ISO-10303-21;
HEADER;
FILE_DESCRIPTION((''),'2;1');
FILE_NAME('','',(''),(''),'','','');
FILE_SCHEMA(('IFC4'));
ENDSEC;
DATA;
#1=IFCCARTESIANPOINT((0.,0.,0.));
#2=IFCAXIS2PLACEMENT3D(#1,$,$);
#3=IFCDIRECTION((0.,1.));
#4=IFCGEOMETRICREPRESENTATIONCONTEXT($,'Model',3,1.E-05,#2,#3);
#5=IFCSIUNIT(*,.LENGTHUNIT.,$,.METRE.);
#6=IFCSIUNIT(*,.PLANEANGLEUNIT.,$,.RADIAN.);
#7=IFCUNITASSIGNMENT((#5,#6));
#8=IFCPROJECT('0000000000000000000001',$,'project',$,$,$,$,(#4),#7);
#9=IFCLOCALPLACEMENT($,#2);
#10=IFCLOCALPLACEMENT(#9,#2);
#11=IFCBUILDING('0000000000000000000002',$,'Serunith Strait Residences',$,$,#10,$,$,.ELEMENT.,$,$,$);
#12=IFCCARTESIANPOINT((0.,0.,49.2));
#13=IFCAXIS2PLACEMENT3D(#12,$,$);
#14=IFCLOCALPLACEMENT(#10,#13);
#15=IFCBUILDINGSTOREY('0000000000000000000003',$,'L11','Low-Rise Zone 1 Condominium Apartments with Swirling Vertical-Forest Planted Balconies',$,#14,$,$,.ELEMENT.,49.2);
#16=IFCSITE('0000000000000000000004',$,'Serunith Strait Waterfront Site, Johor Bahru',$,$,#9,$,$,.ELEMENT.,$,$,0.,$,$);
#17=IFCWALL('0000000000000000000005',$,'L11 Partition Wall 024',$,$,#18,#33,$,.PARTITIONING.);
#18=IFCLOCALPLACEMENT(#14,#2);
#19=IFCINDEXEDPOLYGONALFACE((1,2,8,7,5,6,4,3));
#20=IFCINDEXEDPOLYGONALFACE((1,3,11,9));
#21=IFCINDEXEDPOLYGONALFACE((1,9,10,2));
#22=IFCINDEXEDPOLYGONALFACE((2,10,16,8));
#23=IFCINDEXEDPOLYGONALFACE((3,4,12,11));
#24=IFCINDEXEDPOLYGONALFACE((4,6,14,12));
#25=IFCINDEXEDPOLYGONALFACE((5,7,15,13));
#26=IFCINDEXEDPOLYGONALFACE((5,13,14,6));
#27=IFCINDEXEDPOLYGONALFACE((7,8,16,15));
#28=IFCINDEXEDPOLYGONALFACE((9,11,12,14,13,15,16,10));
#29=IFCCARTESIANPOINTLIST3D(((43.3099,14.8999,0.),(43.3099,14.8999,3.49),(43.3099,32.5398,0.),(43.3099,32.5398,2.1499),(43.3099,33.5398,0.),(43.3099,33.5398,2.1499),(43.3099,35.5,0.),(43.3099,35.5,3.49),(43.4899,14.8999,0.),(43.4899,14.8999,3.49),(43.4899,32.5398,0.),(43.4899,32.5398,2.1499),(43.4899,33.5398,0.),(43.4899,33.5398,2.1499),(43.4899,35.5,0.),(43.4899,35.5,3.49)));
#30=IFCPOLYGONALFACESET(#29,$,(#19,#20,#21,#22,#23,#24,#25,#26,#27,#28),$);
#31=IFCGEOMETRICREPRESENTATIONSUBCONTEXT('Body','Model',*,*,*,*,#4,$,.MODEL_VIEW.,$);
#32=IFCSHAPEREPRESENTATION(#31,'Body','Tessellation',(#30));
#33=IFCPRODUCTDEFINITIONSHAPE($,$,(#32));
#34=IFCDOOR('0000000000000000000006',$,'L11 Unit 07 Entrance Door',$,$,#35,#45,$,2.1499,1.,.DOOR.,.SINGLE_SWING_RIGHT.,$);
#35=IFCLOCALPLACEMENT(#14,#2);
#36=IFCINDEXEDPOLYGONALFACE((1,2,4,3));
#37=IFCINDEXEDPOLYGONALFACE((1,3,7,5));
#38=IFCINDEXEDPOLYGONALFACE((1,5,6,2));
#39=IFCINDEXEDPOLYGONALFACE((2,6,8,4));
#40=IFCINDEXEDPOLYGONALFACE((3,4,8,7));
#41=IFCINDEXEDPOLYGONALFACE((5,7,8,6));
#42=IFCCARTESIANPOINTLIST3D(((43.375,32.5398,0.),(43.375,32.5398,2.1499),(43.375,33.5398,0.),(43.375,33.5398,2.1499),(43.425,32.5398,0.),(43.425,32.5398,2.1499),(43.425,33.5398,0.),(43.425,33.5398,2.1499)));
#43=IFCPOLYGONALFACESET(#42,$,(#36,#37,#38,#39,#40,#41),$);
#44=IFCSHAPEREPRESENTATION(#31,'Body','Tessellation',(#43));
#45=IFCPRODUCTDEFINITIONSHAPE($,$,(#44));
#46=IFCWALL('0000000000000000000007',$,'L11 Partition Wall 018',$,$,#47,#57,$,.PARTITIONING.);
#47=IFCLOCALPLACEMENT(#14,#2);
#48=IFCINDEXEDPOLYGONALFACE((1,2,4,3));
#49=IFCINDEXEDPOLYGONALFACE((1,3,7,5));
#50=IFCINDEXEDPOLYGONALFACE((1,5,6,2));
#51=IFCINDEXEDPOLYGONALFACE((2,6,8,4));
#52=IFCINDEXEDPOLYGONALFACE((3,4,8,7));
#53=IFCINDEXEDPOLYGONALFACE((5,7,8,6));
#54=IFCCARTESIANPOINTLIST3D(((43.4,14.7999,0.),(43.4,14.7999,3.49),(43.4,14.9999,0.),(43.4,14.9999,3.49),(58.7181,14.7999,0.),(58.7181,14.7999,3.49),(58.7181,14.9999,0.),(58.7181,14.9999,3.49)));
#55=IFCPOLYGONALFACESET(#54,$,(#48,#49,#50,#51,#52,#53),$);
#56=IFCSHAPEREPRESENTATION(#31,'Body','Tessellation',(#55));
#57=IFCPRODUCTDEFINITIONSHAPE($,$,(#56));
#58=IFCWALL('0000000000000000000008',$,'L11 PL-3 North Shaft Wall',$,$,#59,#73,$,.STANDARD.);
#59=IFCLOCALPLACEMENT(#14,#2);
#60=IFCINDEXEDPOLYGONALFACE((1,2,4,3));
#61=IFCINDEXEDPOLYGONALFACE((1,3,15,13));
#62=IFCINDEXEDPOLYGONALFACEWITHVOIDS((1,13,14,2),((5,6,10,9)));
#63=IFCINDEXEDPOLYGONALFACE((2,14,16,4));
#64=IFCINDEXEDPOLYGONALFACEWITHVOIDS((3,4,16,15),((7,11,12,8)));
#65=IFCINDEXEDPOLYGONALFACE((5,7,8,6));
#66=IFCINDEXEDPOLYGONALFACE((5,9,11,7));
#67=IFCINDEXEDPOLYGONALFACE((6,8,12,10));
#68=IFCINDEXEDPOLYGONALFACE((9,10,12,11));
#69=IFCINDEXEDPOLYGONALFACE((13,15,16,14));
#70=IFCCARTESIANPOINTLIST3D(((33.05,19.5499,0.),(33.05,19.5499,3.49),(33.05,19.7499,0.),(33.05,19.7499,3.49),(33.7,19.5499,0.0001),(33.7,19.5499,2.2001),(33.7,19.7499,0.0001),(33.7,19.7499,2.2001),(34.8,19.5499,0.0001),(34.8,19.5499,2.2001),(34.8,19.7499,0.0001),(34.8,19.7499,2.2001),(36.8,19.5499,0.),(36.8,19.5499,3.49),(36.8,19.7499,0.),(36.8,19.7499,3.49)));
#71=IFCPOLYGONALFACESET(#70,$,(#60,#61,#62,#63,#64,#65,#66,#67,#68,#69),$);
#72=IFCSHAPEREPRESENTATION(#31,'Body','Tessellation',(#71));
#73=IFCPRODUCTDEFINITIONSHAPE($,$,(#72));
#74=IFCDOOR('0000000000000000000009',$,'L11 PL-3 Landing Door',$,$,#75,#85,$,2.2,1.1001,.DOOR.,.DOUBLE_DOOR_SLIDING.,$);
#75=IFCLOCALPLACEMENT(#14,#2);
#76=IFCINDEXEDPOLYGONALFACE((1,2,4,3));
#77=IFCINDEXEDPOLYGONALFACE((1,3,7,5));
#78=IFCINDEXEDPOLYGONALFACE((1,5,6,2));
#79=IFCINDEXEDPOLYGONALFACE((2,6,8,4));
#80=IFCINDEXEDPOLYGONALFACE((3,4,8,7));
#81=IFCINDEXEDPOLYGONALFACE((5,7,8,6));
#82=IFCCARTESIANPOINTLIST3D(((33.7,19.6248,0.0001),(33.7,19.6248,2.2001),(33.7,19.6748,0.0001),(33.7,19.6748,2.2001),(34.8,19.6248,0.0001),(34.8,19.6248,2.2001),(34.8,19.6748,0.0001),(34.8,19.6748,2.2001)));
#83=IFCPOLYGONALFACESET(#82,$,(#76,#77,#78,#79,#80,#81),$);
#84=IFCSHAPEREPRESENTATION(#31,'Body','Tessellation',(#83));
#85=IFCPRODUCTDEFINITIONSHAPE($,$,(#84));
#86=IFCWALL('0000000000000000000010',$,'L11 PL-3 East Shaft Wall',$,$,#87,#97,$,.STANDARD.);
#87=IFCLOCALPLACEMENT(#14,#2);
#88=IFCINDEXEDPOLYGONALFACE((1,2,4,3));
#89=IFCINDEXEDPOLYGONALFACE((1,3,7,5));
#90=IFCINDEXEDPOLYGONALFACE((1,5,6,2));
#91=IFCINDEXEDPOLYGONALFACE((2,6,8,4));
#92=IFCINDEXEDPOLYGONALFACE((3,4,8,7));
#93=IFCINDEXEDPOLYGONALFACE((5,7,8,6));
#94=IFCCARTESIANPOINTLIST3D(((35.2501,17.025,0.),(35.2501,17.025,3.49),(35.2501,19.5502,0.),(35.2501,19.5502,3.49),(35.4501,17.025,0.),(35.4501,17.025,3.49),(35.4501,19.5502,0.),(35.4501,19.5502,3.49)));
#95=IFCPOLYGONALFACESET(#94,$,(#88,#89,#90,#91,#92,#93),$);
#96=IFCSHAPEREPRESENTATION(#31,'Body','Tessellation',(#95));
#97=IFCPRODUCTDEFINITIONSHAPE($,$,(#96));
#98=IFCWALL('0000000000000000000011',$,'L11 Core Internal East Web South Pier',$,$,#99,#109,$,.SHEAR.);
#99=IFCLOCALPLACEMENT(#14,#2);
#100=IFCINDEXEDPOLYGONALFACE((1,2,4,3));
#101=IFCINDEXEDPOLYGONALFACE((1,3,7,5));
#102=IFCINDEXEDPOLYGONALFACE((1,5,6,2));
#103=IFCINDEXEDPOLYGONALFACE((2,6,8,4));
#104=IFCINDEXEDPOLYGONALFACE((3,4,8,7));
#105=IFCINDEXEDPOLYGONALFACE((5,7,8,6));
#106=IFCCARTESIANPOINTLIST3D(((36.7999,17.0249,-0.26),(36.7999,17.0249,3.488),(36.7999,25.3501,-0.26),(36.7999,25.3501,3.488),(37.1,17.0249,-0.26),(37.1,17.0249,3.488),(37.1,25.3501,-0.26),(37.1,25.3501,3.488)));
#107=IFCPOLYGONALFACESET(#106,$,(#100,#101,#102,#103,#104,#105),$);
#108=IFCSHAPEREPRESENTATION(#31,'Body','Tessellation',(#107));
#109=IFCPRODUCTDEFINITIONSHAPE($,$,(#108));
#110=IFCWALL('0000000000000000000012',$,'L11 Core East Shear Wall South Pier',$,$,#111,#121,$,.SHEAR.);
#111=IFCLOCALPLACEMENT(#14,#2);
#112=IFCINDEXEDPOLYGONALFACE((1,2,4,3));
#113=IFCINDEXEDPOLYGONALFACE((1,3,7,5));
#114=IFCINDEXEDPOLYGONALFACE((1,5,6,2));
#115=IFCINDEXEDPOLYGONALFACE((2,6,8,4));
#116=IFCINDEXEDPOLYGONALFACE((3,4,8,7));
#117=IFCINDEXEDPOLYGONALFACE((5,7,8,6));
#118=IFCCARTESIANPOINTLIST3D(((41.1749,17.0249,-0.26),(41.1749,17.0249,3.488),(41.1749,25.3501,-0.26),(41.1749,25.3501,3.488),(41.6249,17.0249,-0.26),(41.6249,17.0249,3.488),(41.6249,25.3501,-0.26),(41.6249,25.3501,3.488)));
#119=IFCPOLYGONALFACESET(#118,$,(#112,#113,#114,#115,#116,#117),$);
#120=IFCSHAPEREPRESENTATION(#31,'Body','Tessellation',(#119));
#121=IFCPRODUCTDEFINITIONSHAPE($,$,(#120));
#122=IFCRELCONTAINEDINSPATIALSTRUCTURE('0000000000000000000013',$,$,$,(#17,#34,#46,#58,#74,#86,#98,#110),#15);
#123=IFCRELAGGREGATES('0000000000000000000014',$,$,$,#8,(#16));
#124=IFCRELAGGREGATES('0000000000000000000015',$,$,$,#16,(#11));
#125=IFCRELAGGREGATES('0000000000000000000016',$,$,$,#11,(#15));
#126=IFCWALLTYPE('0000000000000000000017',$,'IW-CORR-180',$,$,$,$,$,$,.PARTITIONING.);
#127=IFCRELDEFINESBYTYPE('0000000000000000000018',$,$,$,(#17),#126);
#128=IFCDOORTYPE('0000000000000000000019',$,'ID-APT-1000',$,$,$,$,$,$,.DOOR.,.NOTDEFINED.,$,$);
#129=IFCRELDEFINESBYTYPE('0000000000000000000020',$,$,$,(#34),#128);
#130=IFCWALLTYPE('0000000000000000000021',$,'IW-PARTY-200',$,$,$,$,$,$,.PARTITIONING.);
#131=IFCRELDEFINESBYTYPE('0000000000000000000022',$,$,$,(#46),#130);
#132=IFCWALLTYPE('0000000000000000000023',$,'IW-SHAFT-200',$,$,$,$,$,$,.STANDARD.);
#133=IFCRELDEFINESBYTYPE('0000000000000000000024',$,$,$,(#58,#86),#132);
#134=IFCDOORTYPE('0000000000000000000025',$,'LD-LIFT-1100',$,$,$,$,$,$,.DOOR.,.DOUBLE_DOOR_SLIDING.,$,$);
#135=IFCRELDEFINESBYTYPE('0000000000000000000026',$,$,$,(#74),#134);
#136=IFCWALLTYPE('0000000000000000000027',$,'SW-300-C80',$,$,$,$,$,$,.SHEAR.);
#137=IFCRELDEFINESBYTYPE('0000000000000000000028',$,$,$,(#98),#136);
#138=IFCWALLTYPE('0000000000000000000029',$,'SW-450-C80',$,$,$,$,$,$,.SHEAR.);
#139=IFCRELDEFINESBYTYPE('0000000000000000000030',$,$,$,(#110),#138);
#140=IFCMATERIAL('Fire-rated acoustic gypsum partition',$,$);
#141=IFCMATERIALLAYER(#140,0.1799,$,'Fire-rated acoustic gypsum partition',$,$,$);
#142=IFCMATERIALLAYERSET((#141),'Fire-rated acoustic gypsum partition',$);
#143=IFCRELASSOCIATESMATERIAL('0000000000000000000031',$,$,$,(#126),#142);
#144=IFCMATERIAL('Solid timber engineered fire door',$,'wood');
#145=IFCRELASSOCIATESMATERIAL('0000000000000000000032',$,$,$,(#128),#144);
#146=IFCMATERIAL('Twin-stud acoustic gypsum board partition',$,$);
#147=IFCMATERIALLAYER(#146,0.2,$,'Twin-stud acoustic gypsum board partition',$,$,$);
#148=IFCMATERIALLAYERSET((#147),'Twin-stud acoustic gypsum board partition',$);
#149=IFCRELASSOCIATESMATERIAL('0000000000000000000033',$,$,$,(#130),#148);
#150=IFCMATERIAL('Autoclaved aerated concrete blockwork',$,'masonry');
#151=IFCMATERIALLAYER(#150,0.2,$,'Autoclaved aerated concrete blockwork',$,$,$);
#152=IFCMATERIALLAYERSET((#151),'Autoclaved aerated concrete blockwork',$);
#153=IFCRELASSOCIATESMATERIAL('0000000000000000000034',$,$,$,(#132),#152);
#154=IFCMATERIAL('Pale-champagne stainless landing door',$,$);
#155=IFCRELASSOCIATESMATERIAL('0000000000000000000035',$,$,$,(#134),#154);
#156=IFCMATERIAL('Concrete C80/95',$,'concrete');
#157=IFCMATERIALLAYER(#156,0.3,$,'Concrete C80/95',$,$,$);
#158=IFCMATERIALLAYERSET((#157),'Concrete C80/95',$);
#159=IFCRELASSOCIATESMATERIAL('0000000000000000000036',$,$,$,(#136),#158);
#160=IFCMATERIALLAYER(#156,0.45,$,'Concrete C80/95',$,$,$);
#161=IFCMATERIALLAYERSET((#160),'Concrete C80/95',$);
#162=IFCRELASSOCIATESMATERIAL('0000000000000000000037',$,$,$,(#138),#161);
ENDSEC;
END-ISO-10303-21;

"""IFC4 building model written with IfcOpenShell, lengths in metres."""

from ifc_helpers import new_model, si_unit, direction, frame, frame_2d, origin, place, context, subcontext, project, spatial, rectangle, extrude, source, transform, mapped, material, layer, layer_set, type_object, element, fill, save


model = new_model("IFC4")

# Units and contexts
model_context = context("Model", 3, precision=1e-05, world=origin(), true_north=direction((0.0, 1.0)))
body_context = subcontext(model_context, "Body", "Model", "MODEL_VIEW")
ifc_project = project(units=[si_unit("LENGTHUNIT", "METRE"), si_unit("PLANEANGLEUNIT", "RADIAN")], contexts=[model_context])

# Site, building, storey
site_placement = place(None, origin())
site = spatial("IfcSite", under=ifc_project, at=site_placement, Name="Serunith Strait Waterfront Site, Johor Bahru", CompositionType="ELEMENT", RefElevation=0.0)
building_placement = place(site_placement, origin())
building = spatial("IfcBuilding", under=site, at=building_placement, Name="Serunith Strait Residences", CompositionType="ELEMENT")
storey_placement = place(building_placement, frame((0.0, 0.0, 49.2)))
storey = spatial("IfcBuildingStorey", under=building, at=storey_placement, Name="L11", Description="Low-Rise Zone 1 Condominium Apartments with Swirling Vertical-Forest Planted Balconies", CompositionType="ELEMENT", Elevation=49.2)

# Wall, opening, door
ifc_material_1 = material(Name="Fire-rated acoustic gypsum partition")
ifc_layer_1 = layer(ifc_material_1, 0.1799, Name="Fire-rated acoustic gypsum partition")
ifc_layer_set_1 = layer_set([ifc_layer_1], Name="Fire-rated acoustic gypsum partition")
wall_type_1 = type_object("IfcWallType", Name="IW-CORR-180", PredefinedType="PARTITIONING", material=ifc_layer_set_1)
wall_1_placement = place(storey_placement, frame((43.3999, 14.8999, 0.0), z_axis=(0.0, 0.0, 1.0), x_axis=(0.0, 1.0, 0.0)))
wall_1 = element("IfcWall", 1, at=wall_1_placement, inside=storey, type_object=wall_type_1, Name="L11 Partition Wall 024", PredefinedType="PARTITIONING", context=body_context, shape_type="SweptSolid", body=[
    extrude(rectangle(XDim=20.6001, YDim=0.1799, at=frame_2d((10.3, 0.0))), origin(), (0.0, 0.0, 1.0), 3.49),
])
opening_1_placement = place(wall_1_placement, frame((17.6399, 0.0, 0.0)))
opening_1 = element("IfcOpeningElement", 2, at=opening_1_placement, cuts=wall_1, PredefinedType="OPENING", context=body_context, shape_type="SweptSolid", body=[
    extrude(rectangle(XDim=1.0, YDim=2.1499, at=frame_2d((0.5, 1.075))), frame((0.0, 0.1001, 0.0), z_axis=(0.0, -1.0, 0.0), x_axis=(1.0, 0.0, 0.0)), (0.0, 0.0, 1.0), 0.2),
])
ifc_material_2 = material(Name="Solid timber engineered fire door", Category="wood")
door_type_1 = type_object("IfcDoorType", Name="ID-APT-1000", OperationType="NOTDEFINED", PredefinedType="DOOR", material=ifc_material_2)
shared_shape_1 = source(origin(), body_context, "Body", "SweptSolid", [
    extrude(rectangle(XDim=1.0, YDim=2.1499, at=frame_2d((0.5, 1.075))), frame((0.0, 0.0249, 0.0), z_axis=(0.0, -1.0, 0.0), x_axis=(1.0, 0.0, 0.0)), (0.0, 0.0, 1.0), 0.05),
])
door_1_placement = place(opening_1_placement, origin())
door_1 = element("IfcDoor", 3, at=door_1_placement, inside=storey, type_object=door_type_1, Name="L11 Unit 07 Entrance Door", OperationType="SINGLE_SWING_RIGHT", OverallHeight=2.1499, OverallWidth=1.0, PredefinedType="DOOR", context=body_context, shape_type="MappedRepresentation", body=[
    mapped(shared_shape_1, transform((0.0, 0.0, 0.0), scale=1.0)),
])
fill(opening_1, door_1)

# Wall
ifc_material_3 = material(Name="Twin-stud acoustic gypsum board partition")
ifc_layer_2 = layer(ifc_material_3, 0.2, Name="Twin-stud acoustic gypsum board partition")
ifc_layer_set_2 = layer_set([ifc_layer_2], Name="Twin-stud acoustic gypsum board partition")
wall_type_2 = type_object("IfcWallType", Name="IW-PARTY-200", PredefinedType="PARTITIONING", material=ifc_layer_set_2)
wall_2_placement = place(storey_placement, frame((43.3999, 14.8999, 0.0), z_axis=(0.0, 0.0, 1.0), x_axis=(1.0, 0.0, 0.0)))
element("IfcWall", 4, at=wall_2_placement, inside=storey, type_object=wall_type_2, Name="L11 Partition Wall 018", PredefinedType="PARTITIONING", context=body_context, shape_type="SweptSolid", body=[
    extrude(rectangle(XDim=15.3181, YDim=0.2, at=frame_2d((7.6592, 0.0))), origin(), (0.0, 0.0, 1.0), 3.49),
])

# Wall, opening, door
ifc_material_4 = material(Name="Autoclaved aerated concrete blockwork", Category="masonry")
ifc_layer_3 = layer(ifc_material_4, 0.2, Name="Autoclaved aerated concrete blockwork")
ifc_layer_set_3 = layer_set([ifc_layer_3], Name="Autoclaved aerated concrete blockwork")
wall_type_3 = type_object("IfcWallType", Name="IW-SHAFT-200", PredefinedType="STANDARD", material=ifc_layer_set_3)
wall_3_placement = place(storey_placement, frame((33.05, 19.6499, 0.0), z_axis=(0.0, 0.0, 1.0), x_axis=(1.0, 0.0, 0.0)))
wall_3 = element("IfcWall", 5, at=wall_3_placement, inside=storey, type_object=wall_type_3, Name="L11 PL-3 North Shaft Wall", PredefinedType="STANDARD", context=body_context, shape_type="SweptSolid", body=[
    extrude(rectangle(XDim=3.75, YDim=0.2, at=frame_2d((1.875, 0.0))), origin(), (0.0, 0.0, 1.0), 3.49),
])
opening_2_placement = place(wall_3_placement, frame((0.6499, 0.0, 0.0)))
opening_2 = element("IfcOpeningElement", 6, at=opening_2_placement, cuts=wall_3, PredefinedType="OPENING", context=body_context, shape_type="SweptSolid", body=[
    extrude(rectangle(XDim=1.1001, YDim=2.2, at=frame_2d((0.55, 1.1001))), frame((0.0, 0.1099, 0.0), z_axis=(0.0, -1.0, 0.0), x_axis=(1.0, 0.0, 0.0)), (0.0, 0.0, 1.0), 0.22),
])
ifc_material_5 = material(Name="Pale-champagne stainless landing door")
door_type_2 = type_object("IfcDoorType", Name="LD-LIFT-1100", OperationType="DOUBLE_DOOR_SLIDING", PredefinedType="DOOR", material=ifc_material_5)
shared_shape_2 = source(origin(), body_context, "Body", "SweptSolid", [
    extrude(rectangle(XDim=1.1001, YDim=2.2, at=frame_2d((0.55, 1.1001))), frame((0.0, 0.0249, 0.0), z_axis=(0.0, -1.0, 0.0), x_axis=(1.0, 0.0, 0.0)), (0.0, 0.0, 1.0), 0.05),
])
door_2_placement = place(opening_2_placement, origin())
door_2 = element("IfcDoor", 7, at=door_2_placement, inside=storey, type_object=door_type_2, Name="L11 PL-3 Landing Door", OperationType="DOUBLE_DOOR_SLIDING", OverallHeight=2.2, OverallWidth=1.1001, PredefinedType="DOOR", context=body_context, shape_type="MappedRepresentation", body=[
    mapped(shared_shape_2, transform((0.0, 0.0, 0.0), scale=1.0)),
])
fill(opening_2, door_2)

# Walls
wall_4_placement = place(storey_placement, frame((35.3501, 17.0249, 0.0), z_axis=(0.0, 0.0, 1.0), x_axis=(0.0, 1.0, 0.0)))
element("IfcWall", 8, at=wall_4_placement, inside=storey, type_object=wall_type_3, Name="L11 PL-3 East Shaft Wall", PredefinedType="STANDARD", context=body_context, shape_type="SweptSolid", body=[
    extrude(rectangle(XDim=2.5251, YDim=0.2, at=frame_2d((1.2627, 0.0))), origin(), (0.0, 0.0, 1.0), 3.49),
])
ifc_material_6 = material(Name="Concrete C80/95", Category="concrete")
ifc_layer_4 = layer(ifc_material_6, 0.3, Name="Concrete C80/95")
ifc_layer_set_4 = layer_set([ifc_layer_4], Name="Concrete C80/95")
wall_type_4 = type_object("IfcWallType", Name="SW-300-C80", PredefinedType="SHEAR", material=ifc_layer_set_4)
wall_5_placement = place(storey_placement, frame((36.95, 17.0249, -0.26), z_axis=(0.0, 0.0, 1.0), x_axis=(0.0, 1.0, 0.0)))
element("IfcWall", 9, at=wall_5_placement, inside=storey, type_object=wall_type_4, Name="L11 Core Internal East Web South Pier", PredefinedType="SHEAR", context=body_context, shape_type="SweptSolid", body=[
    extrude(rectangle(XDim=8.3252, YDim=0.3, at=frame_2d((4.1626, 0.0))), origin(), (0.0, 0.0, 1.0), 3.748),
])
ifc_layer_5 = layer(ifc_material_6, 0.45, Name="Concrete C80/95")
ifc_layer_set_5 = layer_set([ifc_layer_5], Name="Concrete C80/95")
wall_type_5 = type_object("IfcWallType", Name="SW-450-C80", PredefinedType="SHEAR", material=ifc_layer_set_5)
wall_6_placement = place(storey_placement, frame((41.3999, 17.0249, -0.26), z_axis=(0.0, 0.0, 1.0), x_axis=(0.0, 1.0, 0.0)))
element("IfcWall", 10, at=wall_6_placement, inside=storey, type_object=wall_type_5, Name="L11 Core East Shear Wall South Pier", PredefinedType="SHEAR", context=body_context, shape_type="SweptSolid", body=[
    extrude(rectangle(XDim=8.3252, YDim=0.45, at=frame_2d((4.1626, 0.0))), origin(), (0.0, 0.0, 1.0), 3.748),
])

save(model, "model.ifc")
